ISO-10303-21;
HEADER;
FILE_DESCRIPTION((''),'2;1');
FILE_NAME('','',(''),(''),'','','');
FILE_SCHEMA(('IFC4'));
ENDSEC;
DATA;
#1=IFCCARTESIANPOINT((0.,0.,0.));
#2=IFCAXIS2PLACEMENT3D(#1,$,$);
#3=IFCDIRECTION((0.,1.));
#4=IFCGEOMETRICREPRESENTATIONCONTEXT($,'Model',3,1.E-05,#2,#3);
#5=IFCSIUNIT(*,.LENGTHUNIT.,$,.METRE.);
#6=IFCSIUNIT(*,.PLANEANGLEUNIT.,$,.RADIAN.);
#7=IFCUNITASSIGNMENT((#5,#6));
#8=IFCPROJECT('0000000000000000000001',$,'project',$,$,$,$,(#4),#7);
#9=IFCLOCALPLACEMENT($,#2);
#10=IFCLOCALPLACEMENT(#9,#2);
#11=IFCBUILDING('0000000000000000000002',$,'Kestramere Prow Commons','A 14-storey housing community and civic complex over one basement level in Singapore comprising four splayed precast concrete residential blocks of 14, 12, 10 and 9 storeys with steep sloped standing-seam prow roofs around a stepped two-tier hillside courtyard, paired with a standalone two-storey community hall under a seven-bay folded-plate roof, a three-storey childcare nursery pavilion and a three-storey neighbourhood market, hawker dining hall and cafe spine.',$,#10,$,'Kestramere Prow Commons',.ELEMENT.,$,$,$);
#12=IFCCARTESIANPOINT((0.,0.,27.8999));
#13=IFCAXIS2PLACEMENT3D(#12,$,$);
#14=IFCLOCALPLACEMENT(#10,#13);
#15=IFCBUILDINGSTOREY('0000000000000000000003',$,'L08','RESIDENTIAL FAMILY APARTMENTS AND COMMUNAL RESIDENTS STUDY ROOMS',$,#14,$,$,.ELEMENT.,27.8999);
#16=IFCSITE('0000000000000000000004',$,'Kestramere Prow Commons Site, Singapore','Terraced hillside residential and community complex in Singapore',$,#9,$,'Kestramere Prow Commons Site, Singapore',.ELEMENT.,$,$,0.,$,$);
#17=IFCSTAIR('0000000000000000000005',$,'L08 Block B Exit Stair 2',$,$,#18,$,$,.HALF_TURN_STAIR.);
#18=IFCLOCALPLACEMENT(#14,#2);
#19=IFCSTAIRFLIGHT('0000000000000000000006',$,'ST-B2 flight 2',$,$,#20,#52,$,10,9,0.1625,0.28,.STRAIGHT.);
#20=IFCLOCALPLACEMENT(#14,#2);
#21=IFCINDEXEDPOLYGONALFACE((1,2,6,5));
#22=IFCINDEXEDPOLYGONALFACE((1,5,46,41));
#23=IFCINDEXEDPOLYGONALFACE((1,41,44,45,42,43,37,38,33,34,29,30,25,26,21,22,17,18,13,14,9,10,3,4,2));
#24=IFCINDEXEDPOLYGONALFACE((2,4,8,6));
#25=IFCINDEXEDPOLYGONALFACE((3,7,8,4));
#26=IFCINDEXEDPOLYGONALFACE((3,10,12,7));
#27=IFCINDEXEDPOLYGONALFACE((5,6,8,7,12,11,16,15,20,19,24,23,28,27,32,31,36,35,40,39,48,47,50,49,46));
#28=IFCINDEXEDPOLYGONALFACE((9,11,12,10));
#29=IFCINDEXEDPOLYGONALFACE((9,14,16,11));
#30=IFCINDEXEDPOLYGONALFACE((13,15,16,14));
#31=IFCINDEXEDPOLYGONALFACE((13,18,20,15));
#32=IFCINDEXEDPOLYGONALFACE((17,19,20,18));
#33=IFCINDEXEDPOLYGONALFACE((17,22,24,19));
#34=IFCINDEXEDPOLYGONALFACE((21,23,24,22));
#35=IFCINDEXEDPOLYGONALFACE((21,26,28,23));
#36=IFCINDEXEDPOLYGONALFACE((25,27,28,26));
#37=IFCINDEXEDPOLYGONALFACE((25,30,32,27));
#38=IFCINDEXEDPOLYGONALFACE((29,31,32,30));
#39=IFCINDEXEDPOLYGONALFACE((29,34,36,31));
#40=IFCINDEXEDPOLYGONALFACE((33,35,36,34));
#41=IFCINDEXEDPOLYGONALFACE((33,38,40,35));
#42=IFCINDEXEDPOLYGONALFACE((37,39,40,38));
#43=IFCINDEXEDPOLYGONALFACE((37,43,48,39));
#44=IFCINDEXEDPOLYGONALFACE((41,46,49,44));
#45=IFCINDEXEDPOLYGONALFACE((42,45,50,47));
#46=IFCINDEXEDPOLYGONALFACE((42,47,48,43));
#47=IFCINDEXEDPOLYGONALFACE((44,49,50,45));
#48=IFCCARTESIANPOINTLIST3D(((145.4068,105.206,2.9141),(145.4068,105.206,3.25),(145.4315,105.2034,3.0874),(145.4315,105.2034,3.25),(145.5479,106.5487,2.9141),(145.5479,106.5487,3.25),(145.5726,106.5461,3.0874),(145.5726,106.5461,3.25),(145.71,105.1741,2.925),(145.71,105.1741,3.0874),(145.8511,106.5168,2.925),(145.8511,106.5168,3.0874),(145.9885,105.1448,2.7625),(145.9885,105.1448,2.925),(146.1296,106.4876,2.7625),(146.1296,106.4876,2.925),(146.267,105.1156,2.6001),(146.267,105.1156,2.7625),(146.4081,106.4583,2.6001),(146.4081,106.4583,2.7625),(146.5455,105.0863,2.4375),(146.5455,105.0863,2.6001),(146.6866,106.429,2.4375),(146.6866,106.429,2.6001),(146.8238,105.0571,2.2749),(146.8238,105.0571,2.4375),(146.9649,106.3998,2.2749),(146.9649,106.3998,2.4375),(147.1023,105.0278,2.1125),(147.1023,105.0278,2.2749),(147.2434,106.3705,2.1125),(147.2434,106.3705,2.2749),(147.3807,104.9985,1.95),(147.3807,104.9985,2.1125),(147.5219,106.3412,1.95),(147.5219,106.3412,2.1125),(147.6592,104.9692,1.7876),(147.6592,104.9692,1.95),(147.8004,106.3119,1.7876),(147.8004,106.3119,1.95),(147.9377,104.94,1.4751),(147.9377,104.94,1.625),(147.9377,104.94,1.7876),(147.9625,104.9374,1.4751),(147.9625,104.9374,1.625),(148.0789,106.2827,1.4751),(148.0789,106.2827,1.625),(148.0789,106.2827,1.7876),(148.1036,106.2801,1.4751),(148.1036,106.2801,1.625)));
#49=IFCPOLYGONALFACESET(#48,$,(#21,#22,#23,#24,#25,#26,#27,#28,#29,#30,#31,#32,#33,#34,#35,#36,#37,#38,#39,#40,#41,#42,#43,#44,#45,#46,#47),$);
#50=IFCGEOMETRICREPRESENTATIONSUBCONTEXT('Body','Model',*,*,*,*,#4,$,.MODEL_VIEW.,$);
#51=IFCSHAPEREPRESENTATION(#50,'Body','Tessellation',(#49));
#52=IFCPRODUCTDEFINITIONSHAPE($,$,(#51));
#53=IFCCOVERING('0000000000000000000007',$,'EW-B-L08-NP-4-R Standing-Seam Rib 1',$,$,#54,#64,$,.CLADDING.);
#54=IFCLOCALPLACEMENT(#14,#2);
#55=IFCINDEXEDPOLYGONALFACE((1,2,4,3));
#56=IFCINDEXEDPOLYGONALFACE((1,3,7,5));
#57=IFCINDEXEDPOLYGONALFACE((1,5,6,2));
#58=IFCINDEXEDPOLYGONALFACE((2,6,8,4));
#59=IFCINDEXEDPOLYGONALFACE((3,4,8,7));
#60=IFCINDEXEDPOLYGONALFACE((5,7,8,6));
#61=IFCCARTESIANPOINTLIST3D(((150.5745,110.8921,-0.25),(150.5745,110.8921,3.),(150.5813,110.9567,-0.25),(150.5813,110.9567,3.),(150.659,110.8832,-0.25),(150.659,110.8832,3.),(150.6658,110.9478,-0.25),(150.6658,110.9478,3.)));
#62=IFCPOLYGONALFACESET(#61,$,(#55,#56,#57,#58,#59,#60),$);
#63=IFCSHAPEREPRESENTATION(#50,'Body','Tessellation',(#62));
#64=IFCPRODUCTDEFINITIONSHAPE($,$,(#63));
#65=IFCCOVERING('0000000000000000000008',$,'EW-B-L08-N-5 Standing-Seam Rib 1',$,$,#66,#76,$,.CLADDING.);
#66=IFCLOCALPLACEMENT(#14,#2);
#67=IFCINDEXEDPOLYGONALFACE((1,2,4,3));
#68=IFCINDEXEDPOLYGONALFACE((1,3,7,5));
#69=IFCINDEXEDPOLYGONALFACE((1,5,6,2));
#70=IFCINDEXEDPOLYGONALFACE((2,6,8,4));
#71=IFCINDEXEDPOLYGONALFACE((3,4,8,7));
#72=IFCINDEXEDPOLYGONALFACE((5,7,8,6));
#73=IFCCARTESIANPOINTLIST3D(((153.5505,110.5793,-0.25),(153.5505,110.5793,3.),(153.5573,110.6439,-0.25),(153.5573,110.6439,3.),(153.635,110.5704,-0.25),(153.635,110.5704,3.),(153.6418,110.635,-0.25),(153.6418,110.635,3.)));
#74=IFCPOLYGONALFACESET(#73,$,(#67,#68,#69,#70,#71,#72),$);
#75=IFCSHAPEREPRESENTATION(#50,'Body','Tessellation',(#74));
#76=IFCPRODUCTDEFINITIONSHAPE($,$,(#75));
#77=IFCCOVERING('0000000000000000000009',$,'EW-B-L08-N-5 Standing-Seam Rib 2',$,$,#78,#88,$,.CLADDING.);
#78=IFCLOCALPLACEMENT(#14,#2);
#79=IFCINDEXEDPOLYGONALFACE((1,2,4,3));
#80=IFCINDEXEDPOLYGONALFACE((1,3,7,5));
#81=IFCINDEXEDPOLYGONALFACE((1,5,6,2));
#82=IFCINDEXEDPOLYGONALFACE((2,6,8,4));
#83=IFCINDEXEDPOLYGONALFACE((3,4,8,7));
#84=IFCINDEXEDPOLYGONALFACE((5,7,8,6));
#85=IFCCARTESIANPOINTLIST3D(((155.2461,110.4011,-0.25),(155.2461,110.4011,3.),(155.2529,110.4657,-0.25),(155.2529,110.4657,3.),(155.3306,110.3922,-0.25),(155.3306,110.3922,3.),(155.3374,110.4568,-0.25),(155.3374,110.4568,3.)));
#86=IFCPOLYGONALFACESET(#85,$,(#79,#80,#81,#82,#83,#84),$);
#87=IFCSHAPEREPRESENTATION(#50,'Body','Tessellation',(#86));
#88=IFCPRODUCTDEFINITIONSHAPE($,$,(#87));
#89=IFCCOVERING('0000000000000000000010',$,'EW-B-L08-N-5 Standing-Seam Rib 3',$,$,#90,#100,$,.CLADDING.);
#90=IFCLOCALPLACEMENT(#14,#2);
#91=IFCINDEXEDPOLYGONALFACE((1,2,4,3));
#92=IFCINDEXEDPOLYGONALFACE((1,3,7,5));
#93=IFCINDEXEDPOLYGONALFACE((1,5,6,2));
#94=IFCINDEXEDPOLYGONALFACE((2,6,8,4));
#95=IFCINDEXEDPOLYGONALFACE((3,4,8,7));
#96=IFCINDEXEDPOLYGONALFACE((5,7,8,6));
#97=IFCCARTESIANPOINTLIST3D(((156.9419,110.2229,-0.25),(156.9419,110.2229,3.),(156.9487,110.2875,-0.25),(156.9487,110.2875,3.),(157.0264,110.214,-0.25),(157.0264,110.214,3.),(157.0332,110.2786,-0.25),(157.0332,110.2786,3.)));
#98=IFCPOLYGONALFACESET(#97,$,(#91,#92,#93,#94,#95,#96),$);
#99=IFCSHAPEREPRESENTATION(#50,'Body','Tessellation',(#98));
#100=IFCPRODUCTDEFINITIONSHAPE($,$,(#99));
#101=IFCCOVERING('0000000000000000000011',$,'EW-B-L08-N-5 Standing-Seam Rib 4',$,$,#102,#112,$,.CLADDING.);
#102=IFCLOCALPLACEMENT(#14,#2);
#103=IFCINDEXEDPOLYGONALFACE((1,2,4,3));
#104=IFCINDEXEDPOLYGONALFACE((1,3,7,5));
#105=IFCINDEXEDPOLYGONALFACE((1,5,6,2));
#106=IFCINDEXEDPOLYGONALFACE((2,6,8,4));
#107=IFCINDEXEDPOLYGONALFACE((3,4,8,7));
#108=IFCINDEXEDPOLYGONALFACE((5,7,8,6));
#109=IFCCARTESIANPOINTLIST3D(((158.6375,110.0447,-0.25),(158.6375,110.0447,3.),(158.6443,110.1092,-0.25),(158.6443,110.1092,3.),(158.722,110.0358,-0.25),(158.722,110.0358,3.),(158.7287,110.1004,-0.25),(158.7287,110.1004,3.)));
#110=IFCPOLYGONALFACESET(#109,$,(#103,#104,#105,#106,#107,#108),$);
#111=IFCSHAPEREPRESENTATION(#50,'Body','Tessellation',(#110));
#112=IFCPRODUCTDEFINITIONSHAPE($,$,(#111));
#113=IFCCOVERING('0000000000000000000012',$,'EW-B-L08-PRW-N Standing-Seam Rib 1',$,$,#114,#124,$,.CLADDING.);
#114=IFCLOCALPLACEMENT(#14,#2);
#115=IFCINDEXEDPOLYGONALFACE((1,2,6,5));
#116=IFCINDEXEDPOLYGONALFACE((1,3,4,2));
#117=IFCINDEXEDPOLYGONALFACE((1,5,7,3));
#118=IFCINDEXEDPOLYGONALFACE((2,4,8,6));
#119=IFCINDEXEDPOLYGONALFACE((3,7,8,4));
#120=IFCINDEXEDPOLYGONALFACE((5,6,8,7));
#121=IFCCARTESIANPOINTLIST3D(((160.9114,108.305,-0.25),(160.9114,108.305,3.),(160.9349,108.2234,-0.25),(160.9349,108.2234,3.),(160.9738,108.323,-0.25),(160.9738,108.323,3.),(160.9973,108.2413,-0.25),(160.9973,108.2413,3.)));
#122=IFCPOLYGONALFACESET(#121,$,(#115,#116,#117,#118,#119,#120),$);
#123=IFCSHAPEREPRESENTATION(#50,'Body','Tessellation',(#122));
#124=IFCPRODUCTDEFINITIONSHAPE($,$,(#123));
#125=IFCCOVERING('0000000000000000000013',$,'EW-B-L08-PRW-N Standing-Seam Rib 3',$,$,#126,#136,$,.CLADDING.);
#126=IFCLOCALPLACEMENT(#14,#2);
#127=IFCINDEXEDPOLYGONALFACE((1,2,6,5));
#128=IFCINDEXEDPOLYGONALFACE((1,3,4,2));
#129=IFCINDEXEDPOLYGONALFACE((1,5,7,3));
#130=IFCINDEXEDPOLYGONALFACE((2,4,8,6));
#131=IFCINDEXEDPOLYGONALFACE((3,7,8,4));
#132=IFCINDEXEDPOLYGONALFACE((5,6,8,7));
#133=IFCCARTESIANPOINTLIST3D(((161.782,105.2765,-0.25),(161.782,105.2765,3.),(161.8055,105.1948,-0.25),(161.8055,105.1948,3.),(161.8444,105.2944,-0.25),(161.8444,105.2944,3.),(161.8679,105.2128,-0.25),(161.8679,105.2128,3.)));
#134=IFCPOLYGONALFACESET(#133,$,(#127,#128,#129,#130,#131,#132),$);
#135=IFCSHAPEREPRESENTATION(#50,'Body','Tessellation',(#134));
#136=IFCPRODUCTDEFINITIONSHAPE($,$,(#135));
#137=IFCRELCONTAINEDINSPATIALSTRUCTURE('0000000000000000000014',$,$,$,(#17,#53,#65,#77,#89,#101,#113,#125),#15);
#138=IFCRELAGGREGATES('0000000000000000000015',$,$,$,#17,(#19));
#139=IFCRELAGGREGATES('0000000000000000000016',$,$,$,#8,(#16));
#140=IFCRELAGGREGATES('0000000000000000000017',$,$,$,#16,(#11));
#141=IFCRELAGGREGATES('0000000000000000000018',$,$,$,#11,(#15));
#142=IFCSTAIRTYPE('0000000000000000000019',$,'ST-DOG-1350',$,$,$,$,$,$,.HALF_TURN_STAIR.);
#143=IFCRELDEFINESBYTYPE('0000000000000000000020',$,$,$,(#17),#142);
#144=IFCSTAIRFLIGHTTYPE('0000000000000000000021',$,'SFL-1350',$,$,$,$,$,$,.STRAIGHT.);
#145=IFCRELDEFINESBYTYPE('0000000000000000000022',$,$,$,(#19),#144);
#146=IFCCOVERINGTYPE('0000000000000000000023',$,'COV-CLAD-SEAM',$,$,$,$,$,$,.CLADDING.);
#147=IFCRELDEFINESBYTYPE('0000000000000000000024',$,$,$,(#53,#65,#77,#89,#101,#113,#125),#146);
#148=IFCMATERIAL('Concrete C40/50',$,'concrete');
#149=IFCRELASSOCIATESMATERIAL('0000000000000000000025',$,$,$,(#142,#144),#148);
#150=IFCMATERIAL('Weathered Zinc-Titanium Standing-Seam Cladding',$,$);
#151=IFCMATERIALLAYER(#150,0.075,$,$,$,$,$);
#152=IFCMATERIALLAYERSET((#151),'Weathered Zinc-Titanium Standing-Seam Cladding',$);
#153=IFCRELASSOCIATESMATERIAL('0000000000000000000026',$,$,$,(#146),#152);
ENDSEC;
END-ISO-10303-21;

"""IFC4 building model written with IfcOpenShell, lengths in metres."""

from ifc_helpers import new_model, si_unit, direction, frame, origin, origin_2d, place, context, subcontext, project, spatial, polyline, rectangle, outline, extrude, material, layer, layer_set, type_object, element, aggregate, save


model = new_model("IFC4")

# Units and contexts
model_context = context("Model", 3, precision=1e-05, world=origin(), true_north=direction((0.0, 1.0)))
body_context = subcontext(model_context, "Body", "Model", "MODEL_VIEW")
ifc_project = project(units=[si_unit("LENGTHUNIT", "METRE"), si_unit("PLANEANGLEUNIT", "RADIAN")], contexts=[model_context])

# Site, building, storey
site_placement = place(None, origin())
site = spatial("IfcSite", under=ifc_project, at=site_placement, Name="Kestramere Prow Commons Site, Singapore", Description="Terraced hillside residential and community complex in Singapore", LongName="Kestramere Prow Commons Site, Singapore", CompositionType="ELEMENT", RefElevation=0.0)
building_placement = place(site_placement, origin())
building = spatial("IfcBuilding", under=site, at=building_placement, Name="Kestramere Prow Commons", Description="A 14-storey housing community and civic complex over one basement level in Singapore comprising four splayed precast concrete residential blocks of 14, 12, 10 and 9 storeys with steep sloped standing-seam prow roofs around a stepped two-tier hillside courtyard, paired with a standalone two-storey community hall under a seven-bay folded-plate roof, a three-storey childcare nursery pavilion and a three-storey neighbourhood market, hawker dining hall and cafe spine.", LongName="Kestramere Prow Commons", CompositionType="ELEMENT")
storey_placement = place(building_placement, frame((0.0, 0.0, 27.8999)))
storey = spatial("IfcBuildingStorey", under=building, at=storey_placement, Name="L08", Description="RESIDENTIAL FAMILY APARTMENTS AND COMMUNAL RESIDENTS STUDY ROOMS", CompositionType="ELEMENT", Elevation=27.8999)

# Shared definitions
ifc_material_1 = material(Name="Weathered Zinc-Titanium Standing-Seam Cladding")

# Shared definitions
ifc_material_2 = material(Name="Concrete C40/50", Category="concrete")

# Stair, stair flight
stair_type = type_object("IfcStairType", Name="ST-DOG-1350", PredefinedType="HALF_TURN_STAIR", material=ifc_material_2)
stair_placement = place(storey_placement, origin())
stair = element("IfcStair", 1, at=stair_placement, inside=storey, type_object=stair_type, Name="L08 Block B Exit Stair 2", PredefinedType="HALF_TURN_STAIR")
stair_flight_type = type_object("IfcStairFlightType", Name="SFL-1350", PredefinedType="STRAIGHT", material=ifc_material_2)
stair_flight_placement = place(storey_placement, frame((148.0083, 105.6113, 1.625), z_axis=(0.0, 0.0, 1.0), x_axis=(-0.994522, 0.104528, 0.0)))
stair_flight = element("IfcStairFlight", 2, at=stair_flight_placement, type_object=stair_flight_type, Name="ST-B2 flight 2", NumberOfRisers=10, NumberOfTreads=9, PredefinedType="STRAIGHT", RiserHeight=0.1625, TreadLength=0.28, context=body_context, shape_type="SweptSolid", body=[
    extrude(outline(polyline([(-0.0249, 0.0), (0.0, 0.0), (0.0, 0.1626), (0.28, 0.1626), (0.28, 0.325), (0.5601, 0.325), (0.5601, 0.4875), (0.8401, 0.4875), (0.8401, 0.6499), (1.1201, 0.6499), (1.1201, 0.8125), (1.3999, 0.8125), (1.3999, 0.9751), (1.6799, 0.9751), (1.6799, 1.1375), (1.96, 1.1375), (1.96, 1.3), (2.24, 1.3), (2.24, 1.4624), (2.52, 1.4624), (2.52, 1.625), (2.5449, 1.625), (2.5449, 1.2891), (0.0, -0.1499), (-0.0249, -0.1499), (-0.0249, 0.0)])), frame((0.0, 0.675, 0.0), z_axis=(0.0, -1.0, 0.0), x_axis=(1.0, 0.0, 0.0)), (0.0, 0.0, 1.0), 1.3501),
])
aggregate(stair, [stair_flight])

# Coverings
ifc_layer_1 = layer(ifc_material_1, 0.075)
ifc_layer_set_1 = layer_set([ifc_layer_1], Name="Weathered Zinc-Titanium Standing-Seam Cladding")
covering_type = type_object("IfcCoveringType", Name="COV-CLAD-SEAM", PredefinedType="CLADDING", material=ifc_layer_set_1)
for number, where, z_axis, x_axis, name in (
    (3, (150.6201, 110.9199, -0.25), (0.0, 0.0, 1.0), (0.994522, -0.104528, 0.0), "EW-B-L08-NP-4-R Standing-Seam Rib 1"),
    (4, (153.5962, 110.6072, -0.25), (0.0, 0.0, 1.0), (0.994522, -0.104528, 0.0), "EW-B-L08-N-5 Standing-Seam Rib 1"),
    (5, (155.2917, 110.429, -0.25), (0.0, 0.0, 1.0), (0.994522, -0.104528, 0.0), "EW-B-L08-N-5 Standing-Seam Rib 2"),
    (6, (156.9875, 110.2507, -0.25), (0.0, 0.0, 1.0), (0.994522, -0.104528, 0.0), "EW-B-L08-N-5 Standing-Seam Rib 3"),
    (7, (158.6831, 110.0725, -0.25), (0.0, 0.0, 1.0), (0.994522, -0.104528, 0.0), "EW-B-L08-N-5 Standing-Seam Rib 4"),
    (8, (160.9543, 108.2732, -0.25), (0.0, 0.0, 1.0), (0.276318, -0.961066, 0.0), "EW-B-L08-PRW-N Standing-Seam Rib 1"),
    (9, (161.825, 105.2446, -0.25), (0.0, 0.0, 1.0), (0.276318, -0.961066, 0.0), "EW-B-L08-PRW-N Standing-Seam Rib 3"),
):
    element("IfcCovering", number, at=place(storey_placement, frame(where, z_axis=z_axis, x_axis=x_axis)), inside=storey, type_object=covering_type, Name=name, PredefinedType="CLADDING", context=body_context, shape_type="SweptSolid", body=[
        extrude(rectangle(XDim=0.085, YDim=0.0649, at=origin_2d()), origin(), (0.0, 0.0, 1.0), 3.25),
    ])

save(model, "model.ifc")
